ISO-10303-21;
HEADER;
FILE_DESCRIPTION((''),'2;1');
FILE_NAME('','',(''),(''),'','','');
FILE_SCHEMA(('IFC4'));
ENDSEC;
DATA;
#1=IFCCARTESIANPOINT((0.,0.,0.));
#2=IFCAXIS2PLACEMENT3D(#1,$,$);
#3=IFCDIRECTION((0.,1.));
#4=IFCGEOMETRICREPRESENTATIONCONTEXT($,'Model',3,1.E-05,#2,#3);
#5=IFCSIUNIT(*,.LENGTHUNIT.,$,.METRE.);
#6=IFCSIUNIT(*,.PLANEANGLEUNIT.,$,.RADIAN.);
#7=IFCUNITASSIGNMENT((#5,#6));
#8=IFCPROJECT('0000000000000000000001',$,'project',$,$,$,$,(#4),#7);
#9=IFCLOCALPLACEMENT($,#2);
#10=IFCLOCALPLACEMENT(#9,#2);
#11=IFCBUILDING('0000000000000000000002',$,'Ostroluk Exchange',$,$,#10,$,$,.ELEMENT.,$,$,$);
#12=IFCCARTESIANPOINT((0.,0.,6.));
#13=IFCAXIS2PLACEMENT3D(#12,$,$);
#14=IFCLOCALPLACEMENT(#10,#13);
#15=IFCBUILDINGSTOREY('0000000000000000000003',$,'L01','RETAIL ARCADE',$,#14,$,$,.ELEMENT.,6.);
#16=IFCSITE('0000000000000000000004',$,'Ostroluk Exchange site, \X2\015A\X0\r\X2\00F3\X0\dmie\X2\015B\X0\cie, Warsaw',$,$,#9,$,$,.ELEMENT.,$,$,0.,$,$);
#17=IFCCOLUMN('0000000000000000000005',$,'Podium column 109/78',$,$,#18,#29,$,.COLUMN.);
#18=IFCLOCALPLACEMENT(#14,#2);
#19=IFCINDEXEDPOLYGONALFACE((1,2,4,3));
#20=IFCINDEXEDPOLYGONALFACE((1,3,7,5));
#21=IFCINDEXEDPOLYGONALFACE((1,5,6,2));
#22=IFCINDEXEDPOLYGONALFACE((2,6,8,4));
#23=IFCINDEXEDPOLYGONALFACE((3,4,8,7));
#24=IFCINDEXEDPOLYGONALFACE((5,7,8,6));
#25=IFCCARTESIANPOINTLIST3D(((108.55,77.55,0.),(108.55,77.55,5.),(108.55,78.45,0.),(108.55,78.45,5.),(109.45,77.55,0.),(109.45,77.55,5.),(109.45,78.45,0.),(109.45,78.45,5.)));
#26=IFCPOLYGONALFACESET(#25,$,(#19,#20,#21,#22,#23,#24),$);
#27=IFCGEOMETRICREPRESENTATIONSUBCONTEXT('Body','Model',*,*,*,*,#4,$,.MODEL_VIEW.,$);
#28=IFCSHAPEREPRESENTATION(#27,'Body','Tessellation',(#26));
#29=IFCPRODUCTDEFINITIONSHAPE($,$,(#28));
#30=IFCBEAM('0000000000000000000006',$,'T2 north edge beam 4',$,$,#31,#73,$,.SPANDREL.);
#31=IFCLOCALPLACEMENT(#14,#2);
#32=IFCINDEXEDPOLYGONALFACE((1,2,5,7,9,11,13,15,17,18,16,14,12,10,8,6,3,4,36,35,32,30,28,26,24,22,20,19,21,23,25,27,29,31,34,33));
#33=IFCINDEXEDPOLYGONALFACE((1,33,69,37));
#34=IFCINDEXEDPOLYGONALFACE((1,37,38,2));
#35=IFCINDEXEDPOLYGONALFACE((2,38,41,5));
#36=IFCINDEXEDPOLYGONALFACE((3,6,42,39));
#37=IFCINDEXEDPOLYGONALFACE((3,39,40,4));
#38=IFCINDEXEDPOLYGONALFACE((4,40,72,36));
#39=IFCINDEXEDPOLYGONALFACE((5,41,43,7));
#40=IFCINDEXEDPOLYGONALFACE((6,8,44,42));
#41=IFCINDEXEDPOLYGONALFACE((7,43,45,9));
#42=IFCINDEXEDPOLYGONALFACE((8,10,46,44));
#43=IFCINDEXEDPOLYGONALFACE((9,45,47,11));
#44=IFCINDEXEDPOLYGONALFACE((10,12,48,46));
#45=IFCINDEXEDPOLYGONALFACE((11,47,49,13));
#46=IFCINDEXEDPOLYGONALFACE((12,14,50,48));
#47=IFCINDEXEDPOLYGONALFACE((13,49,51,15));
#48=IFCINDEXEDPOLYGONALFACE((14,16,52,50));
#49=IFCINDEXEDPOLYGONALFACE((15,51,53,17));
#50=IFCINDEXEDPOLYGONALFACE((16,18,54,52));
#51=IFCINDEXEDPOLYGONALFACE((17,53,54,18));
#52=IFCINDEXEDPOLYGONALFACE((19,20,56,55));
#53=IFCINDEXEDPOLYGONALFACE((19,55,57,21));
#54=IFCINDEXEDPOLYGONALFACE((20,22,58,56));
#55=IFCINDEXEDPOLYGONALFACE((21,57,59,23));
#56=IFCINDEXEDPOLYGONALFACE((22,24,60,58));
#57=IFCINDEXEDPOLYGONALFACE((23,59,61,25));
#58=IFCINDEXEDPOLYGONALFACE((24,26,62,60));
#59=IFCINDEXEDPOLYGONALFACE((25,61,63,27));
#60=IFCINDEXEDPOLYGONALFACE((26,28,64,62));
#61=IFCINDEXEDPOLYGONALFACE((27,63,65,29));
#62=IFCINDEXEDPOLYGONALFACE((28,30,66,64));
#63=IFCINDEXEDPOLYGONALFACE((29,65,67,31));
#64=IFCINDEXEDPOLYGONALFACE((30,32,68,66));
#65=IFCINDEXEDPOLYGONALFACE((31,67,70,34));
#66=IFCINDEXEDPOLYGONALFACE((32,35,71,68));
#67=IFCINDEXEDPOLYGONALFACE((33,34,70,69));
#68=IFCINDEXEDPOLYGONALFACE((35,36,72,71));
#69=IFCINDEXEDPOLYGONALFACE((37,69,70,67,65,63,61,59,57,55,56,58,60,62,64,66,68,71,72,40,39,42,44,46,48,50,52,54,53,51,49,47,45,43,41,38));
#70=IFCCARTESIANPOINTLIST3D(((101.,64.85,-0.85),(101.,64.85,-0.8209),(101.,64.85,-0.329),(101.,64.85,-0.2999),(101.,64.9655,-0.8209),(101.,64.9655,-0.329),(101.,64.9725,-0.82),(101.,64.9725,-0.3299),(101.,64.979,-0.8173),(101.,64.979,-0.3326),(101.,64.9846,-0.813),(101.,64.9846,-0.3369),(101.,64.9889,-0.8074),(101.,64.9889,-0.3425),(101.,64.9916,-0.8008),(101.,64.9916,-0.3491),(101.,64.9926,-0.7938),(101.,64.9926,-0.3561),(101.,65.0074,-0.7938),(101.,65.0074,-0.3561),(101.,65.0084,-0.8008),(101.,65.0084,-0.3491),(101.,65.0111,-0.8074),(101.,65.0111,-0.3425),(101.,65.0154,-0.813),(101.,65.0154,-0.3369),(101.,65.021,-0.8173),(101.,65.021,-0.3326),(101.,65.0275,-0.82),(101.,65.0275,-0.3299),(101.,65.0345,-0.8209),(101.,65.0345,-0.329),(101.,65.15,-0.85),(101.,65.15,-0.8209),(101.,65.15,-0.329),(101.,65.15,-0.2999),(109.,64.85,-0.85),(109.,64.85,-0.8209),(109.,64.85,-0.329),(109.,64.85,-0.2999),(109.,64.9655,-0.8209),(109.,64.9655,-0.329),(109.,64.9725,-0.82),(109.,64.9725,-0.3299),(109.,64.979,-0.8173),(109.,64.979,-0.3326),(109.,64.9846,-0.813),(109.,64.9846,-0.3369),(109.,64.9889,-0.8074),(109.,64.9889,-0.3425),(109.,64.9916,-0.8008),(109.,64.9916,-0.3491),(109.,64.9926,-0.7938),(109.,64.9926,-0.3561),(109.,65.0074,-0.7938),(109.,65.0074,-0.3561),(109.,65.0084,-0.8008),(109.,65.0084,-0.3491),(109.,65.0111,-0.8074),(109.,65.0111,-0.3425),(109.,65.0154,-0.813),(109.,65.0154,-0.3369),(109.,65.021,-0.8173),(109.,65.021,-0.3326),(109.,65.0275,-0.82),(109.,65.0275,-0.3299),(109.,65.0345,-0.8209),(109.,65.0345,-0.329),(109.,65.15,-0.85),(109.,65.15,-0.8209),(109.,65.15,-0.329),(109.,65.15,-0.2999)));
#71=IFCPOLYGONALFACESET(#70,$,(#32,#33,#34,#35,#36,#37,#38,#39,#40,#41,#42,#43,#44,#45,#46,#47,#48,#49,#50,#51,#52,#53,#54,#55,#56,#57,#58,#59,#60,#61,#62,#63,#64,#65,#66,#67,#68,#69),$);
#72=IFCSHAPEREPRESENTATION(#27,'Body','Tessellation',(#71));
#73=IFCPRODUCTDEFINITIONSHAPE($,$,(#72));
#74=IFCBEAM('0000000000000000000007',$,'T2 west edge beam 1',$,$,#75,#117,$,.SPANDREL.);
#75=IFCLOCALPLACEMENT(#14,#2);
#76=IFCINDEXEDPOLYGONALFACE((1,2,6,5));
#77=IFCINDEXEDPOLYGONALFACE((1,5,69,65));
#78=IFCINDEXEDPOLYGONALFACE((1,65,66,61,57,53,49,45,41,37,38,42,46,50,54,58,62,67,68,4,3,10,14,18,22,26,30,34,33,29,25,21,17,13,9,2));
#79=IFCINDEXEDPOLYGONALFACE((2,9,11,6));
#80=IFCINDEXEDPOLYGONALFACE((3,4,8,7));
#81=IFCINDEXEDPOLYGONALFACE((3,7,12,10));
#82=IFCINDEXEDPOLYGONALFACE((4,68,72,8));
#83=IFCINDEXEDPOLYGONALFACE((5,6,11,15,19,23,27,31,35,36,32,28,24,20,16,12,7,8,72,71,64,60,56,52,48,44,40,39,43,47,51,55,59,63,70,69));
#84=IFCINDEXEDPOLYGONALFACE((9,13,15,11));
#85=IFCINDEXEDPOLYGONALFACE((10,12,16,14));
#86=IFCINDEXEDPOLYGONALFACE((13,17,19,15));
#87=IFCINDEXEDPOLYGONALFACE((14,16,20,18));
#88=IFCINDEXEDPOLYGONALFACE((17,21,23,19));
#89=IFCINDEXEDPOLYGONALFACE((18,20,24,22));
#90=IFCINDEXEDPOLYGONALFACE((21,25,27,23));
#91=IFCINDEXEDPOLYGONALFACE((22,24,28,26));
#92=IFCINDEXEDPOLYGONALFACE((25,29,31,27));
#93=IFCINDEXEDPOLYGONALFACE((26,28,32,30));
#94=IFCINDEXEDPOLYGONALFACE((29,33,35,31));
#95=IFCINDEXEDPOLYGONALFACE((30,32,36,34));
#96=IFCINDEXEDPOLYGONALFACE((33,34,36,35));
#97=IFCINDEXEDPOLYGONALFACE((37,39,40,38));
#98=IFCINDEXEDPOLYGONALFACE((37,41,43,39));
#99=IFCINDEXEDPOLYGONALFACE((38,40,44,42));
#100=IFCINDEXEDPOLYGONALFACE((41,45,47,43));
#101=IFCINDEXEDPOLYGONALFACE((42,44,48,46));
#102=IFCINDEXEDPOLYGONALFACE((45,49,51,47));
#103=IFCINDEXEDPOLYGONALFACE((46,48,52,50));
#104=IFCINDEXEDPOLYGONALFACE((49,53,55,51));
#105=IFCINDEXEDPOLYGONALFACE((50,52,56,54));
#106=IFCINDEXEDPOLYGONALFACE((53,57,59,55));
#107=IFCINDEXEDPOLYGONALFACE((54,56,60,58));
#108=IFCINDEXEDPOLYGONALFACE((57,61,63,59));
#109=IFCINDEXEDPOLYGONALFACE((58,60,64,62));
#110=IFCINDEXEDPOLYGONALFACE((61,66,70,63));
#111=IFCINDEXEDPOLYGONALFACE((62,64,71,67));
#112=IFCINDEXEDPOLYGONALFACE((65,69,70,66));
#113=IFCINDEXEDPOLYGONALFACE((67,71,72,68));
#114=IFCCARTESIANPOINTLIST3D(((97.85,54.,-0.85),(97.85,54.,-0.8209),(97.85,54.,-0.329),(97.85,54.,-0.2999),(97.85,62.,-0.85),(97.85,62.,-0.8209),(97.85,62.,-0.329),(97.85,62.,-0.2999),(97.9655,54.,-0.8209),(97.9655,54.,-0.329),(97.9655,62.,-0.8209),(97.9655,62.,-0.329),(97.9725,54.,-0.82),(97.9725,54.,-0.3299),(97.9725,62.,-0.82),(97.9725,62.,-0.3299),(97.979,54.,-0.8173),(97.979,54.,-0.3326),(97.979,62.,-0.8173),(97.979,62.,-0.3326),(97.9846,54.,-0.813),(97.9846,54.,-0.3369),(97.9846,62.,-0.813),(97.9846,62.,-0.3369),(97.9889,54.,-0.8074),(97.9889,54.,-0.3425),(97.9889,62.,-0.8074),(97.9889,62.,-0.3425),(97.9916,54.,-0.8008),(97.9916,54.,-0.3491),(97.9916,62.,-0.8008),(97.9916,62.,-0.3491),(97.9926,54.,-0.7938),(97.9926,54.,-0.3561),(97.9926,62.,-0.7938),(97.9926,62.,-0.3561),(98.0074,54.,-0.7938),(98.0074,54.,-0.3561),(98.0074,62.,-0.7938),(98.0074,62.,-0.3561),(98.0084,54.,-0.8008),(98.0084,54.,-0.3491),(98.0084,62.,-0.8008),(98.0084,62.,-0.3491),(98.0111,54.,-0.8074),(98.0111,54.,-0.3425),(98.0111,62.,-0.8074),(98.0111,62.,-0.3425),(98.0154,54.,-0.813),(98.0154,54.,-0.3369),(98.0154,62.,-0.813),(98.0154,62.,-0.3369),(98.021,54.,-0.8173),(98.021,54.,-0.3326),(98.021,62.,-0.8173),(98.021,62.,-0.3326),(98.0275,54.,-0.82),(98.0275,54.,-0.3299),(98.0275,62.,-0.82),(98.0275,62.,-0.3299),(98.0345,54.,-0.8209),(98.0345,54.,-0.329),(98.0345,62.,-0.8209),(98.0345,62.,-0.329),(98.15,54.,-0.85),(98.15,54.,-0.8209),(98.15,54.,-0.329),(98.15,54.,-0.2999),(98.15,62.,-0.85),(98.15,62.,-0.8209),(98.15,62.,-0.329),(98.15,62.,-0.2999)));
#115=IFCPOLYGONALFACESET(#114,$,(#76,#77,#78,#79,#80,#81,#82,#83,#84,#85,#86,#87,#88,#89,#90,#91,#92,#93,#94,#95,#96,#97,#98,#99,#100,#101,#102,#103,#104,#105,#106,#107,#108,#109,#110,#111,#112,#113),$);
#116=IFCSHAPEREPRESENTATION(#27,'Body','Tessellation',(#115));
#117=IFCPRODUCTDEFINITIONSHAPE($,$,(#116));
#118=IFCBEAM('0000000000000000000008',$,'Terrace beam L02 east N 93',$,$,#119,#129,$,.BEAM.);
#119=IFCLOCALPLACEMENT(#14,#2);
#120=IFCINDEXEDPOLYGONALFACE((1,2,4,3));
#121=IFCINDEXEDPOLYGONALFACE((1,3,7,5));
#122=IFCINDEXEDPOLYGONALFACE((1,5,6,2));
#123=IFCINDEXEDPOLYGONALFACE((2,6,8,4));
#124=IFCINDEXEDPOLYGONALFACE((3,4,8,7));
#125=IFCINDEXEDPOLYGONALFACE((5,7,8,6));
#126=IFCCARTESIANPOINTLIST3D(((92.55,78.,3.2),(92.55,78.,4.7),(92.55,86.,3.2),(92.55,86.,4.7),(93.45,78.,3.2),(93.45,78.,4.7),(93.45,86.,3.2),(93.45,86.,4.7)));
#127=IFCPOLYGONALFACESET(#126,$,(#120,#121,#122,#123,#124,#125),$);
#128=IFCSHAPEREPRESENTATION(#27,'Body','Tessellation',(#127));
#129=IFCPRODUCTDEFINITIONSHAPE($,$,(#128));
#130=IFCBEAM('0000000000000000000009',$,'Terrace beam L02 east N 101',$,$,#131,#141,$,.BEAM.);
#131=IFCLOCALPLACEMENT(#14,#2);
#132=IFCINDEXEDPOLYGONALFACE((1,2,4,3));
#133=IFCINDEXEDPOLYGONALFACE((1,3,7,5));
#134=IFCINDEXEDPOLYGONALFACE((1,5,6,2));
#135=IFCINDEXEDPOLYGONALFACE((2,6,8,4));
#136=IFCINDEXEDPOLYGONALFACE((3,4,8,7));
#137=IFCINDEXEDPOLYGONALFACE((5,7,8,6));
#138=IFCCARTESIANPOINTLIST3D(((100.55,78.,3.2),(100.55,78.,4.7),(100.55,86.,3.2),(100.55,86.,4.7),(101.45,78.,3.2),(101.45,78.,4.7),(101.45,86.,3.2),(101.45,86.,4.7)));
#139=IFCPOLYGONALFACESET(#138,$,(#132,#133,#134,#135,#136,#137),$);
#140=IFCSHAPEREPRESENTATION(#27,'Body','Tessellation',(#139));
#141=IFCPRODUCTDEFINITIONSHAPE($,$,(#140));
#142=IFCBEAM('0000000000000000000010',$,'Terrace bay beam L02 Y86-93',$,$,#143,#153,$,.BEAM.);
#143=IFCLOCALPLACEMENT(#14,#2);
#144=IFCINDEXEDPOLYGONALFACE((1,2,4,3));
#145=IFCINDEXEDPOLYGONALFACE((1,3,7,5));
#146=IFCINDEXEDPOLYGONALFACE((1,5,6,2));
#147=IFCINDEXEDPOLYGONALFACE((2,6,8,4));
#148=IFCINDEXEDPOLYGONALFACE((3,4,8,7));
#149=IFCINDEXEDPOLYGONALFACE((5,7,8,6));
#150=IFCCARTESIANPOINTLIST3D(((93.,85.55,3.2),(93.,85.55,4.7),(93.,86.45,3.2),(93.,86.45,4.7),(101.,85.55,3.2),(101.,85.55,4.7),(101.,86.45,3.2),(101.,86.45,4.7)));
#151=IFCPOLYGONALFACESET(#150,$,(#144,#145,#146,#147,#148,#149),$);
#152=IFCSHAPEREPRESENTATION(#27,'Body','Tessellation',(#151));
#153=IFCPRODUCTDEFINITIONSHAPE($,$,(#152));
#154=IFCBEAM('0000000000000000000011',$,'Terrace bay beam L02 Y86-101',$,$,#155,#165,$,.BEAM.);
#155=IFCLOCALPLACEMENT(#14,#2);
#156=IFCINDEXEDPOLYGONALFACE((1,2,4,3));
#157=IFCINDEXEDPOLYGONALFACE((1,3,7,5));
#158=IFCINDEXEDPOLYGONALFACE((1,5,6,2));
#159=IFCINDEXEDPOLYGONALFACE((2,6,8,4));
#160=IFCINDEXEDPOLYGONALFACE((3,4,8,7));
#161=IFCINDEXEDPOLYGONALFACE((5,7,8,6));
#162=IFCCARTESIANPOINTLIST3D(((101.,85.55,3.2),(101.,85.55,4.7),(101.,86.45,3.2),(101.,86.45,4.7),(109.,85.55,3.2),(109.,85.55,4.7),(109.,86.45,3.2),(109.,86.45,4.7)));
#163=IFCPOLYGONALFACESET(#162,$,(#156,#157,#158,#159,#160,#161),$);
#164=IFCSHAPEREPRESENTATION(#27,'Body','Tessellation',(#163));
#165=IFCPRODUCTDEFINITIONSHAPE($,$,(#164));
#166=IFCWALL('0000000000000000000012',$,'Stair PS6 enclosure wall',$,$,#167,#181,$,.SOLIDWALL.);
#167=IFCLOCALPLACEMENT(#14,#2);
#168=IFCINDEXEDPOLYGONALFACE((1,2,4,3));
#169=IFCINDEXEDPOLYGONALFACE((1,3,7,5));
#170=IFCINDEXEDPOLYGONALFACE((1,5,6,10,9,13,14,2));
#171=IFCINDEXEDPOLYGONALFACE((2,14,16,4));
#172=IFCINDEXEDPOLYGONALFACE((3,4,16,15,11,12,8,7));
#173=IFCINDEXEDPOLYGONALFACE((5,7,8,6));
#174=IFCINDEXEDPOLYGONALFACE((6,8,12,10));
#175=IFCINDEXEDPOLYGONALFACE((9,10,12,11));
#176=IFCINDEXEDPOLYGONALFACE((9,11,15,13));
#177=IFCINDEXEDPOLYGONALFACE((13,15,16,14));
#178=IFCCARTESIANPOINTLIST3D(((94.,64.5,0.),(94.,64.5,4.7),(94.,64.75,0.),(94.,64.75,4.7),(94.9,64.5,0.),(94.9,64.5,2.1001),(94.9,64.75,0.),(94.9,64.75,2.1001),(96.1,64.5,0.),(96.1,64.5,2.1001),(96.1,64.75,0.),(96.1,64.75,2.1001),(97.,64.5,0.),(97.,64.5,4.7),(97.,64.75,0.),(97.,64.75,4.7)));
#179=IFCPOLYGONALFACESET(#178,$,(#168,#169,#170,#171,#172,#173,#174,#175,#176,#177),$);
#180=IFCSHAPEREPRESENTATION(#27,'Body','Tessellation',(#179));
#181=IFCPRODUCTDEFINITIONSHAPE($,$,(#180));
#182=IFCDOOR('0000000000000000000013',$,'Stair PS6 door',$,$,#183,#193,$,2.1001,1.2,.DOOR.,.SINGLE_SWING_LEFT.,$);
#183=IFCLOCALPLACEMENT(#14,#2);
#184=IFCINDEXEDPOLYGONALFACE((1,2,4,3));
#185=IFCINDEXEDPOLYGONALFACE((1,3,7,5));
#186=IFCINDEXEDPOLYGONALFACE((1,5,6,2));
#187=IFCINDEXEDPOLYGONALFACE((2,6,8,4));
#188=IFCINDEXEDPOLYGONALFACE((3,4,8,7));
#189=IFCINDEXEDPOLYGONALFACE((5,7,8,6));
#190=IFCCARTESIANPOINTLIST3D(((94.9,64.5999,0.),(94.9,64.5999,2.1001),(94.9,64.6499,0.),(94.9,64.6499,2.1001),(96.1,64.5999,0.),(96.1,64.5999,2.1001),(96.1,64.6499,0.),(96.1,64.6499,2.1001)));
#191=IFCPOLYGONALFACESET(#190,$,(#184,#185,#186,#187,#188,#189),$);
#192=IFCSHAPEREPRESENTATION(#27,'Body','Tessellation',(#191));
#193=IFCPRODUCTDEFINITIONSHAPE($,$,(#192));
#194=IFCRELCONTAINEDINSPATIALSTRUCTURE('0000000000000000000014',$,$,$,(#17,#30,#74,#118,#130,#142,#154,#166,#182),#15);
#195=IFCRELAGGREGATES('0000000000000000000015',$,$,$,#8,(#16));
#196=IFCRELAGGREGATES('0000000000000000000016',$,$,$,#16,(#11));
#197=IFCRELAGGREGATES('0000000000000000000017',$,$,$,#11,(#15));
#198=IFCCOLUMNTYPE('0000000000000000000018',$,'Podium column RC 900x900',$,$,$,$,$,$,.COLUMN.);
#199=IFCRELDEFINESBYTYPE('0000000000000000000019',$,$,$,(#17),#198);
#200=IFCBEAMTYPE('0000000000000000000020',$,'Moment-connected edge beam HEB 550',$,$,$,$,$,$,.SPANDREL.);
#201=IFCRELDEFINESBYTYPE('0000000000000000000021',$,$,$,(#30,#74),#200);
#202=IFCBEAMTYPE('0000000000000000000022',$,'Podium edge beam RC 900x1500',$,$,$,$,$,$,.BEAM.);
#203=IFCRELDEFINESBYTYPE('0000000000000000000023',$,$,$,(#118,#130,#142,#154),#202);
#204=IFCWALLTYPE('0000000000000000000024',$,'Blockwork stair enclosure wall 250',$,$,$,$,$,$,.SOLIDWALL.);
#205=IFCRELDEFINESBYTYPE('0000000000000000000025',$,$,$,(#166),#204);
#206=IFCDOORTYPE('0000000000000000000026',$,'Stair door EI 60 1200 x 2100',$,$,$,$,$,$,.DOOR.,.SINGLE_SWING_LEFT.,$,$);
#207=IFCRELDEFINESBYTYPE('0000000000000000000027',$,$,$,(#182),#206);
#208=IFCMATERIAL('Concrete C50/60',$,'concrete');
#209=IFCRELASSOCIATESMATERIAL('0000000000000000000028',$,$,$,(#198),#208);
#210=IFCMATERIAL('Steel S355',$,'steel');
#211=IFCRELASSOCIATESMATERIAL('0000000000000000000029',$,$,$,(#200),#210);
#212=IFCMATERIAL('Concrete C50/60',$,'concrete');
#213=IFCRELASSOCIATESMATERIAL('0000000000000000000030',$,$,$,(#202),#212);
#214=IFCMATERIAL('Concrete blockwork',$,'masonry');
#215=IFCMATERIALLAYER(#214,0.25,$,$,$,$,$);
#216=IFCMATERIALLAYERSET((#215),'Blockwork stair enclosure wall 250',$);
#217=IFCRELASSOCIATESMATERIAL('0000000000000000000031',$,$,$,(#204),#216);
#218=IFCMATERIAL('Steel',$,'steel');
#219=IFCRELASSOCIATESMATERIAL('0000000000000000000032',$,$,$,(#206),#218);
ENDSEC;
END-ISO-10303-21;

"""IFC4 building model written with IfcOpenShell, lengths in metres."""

from ifc_helpers import new_model, si_unit, direction, frame, frame_2d, origin, origin_2d, place, context, subcontext, project, spatial, rectangle, i_section, extrude, material, layer, layer_set, material_profile, profile_set, type_object, element, fill, save


model = new_model("IFC4")

# Units and contexts
model_context = context("Model", 3, precision=1e-05, world=origin(), true_north=direction((0.0, 1.0)))
body_context = subcontext(model_context, "Body", "Model", "MODEL_VIEW")
ifc_project = project(units=[si_unit("LENGTHUNIT", "METRE"), si_unit("PLANEANGLEUNIT", "RADIAN")], contexts=[model_context])

# Site, building, storey
site_placement = place(None, origin())
site = spatial("IfcSite", under=ifc_project, at=site_placement, Name="Ostroluk Exchange site, Śródmieście, Warsaw", CompositionType="ELEMENT", RefElevation=0.0)
building_placement = place(site_placement, origin())
building = spatial("IfcBuilding", under=site, at=building_placement, Name="Ostroluk Exchange", CompositionType="ELEMENT")
storey_placement = place(building_placement, frame((0.0, 0.0, 6.0)))
storey = spatial("IfcBuildingStorey", under=building, at=storey_placement, Name="L01", Description="RETAIL ARCADE", CompositionType="ELEMENT", Elevation=6.0)

# Column
ifc_material_1 = material(Name="Concrete C50/60", Category="concrete")
ifc_material_profile_1 = material_profile(ifc_material_1, rectangle(XDim=0.8999, YDim=0.8999, at=origin_2d()), Name="RC 900x900")
ifc_profile_set_1 = profile_set([ifc_material_profile_1], Name="Concrete C50/60")
column_type_1 = type_object("IfcColumnType", Name="Podium column RC 900x900", PredefinedType="COLUMN", material=ifc_profile_set_1)
for number, where, z_axis, x_axis, name in (
    (1, (109.0, 78.0, 0.0), (0.0, 0.0, 1.0), (1.0, 0.0, 0.0), "Podium column 109/78"),
):
    element("IfcColumn", number, at=place(storey_placement, frame(where, z_axis=z_axis, x_axis=x_axis)), inside=storey, type_object=column_type_1, Name=name, PredefinedType="COLUMN", context=body_context, shape_type="SweptSolid", body=[
        extrude(rectangle(XDim=0.8999, YDim=0.8999, at=origin_2d()), origin(), (0.0, 0.0, 1.0), 5.0),
    ])

# Beams
ifc_material_2 = material(Name="Steel S355", Category="steel")
ifc_material_profile_2 = material_profile(ifc_material_2, i_section(OverallWidth=0.3, OverallDepth=0.55, WebThickness=0.0149, FlangeThickness=0.0291, FilletRadius=0.0271, at=origin_2d()), Name="HEB 550")
ifc_profile_set_2 = profile_set([ifc_material_profile_2], Name="Steel S355")
beam_type_1 = type_object("IfcBeamType", Name="Moment-connected edge beam HEB 550", PredefinedType="SPANDREL", material=ifc_profile_set_2)
for number, where, z_axis, x_axis, name in (
    (2, (109.0, 65.0, -0.575), (-1.0, 0.0, 0.0), (0.0, -1.0, 0.0), "T2 north edge beam 4"),
    (3, (98.0, 62.0, -0.575), (0.0, -1.0, 0.0), (1.0, 0.0, 0.0), "T2 west edge beam 1"),
):
    element("IfcBeam", number, at=place(storey_placement, frame(where, z_axis=z_axis, x_axis=x_axis)), inside=storey, type_object=beam_type_1, Name=name, PredefinedType="SPANDREL", context=body_context, shape_type="SweptSolid", body=[
        extrude(i_section(OverallWidth=0.3, OverallDepth=0.55, WebThickness=0.0149, FlangeThickness=0.0291, FilletRadius=0.0271, at=origin_2d()), origin(), (0.0, 0.0, 1.0), 8.0),
    ])
ifc_material_3 = material(Name="Concrete C50/60", Category="concrete")
ifc_material_profile_3 = material_profile(ifc_material_3, rectangle(XDim=0.8999, YDim=1.5, at=origin_2d()), Name="RC 900x1500")
ifc_profile_set_3 = profile_set([ifc_material_profile_3], Name="Concrete C50/60")
beam_type_2 = type_object("IfcBeamType", Name="Podium edge beam RC 900x1500", PredefinedType="BEAM", material=ifc_profile_set_3)
for number, where, z_axis, x_axis, name in (
    (4, (93.0, 86.0, 3.95), (0.0, -1.0, 0.0), (1.0, 0.0, 0.0), "Terrace beam L02 east N 93"),
    (5, (101.0, 86.0, 3.95), (0.0, -1.0, 0.0), (1.0, 0.0, 0.0), "Terrace beam L02 east N 101"),
    (6, (93.0, 86.0, 3.95), (1.0, 0.0, 0.0), (0.0, 1.0, 0.0), "Terrace bay beam L02 Y86-93"),
    (7, (101.0, 86.0, 3.95), (1.0, 0.0, 0.0), (0.0, 1.0, 0.0), "Terrace bay beam L02 Y86-101"),
):
    element("IfcBeam", number, at=place(storey_placement, frame(where, z_axis=z_axis, x_axis=x_axis)), inside=storey, type_object=beam_type_2, Name=name, PredefinedType="BEAM", context=body_context, shape_type="SweptSolid", body=[
        extrude(rectangle(XDim=0.8999, YDim=1.5, at=origin_2d()), origin(), (0.0, 0.0, 1.0), 8.0),
    ])

# Wall, opening, door
ifc_material_4 = material(Name="Concrete blockwork", Category="masonry")
ifc_layer_1 = layer(ifc_material_4, 0.25)
ifc_layer_set_1 = layer_set([ifc_layer_1], Name="Blockwork stair enclosure wall 250")
wall_type_1 = type_object("IfcWallType", Name="Blockwork stair enclosure wall 250", PredefinedType="SOLIDWALL", material=ifc_layer_set_1)
wall_1_placement = place(storey_placement, frame((94.0, 64.625, 0.0), z_axis=(0.0, 0.0, 1.0), x_axis=(1.0, 0.0, 0.0)))
wall_1 = element("IfcWall", 8, at=wall_1_placement, inside=storey, type_object=wall_type_1, Name="Stair PS6 enclosure wall", PredefinedType="SOLIDWALL", context=body_context, shape_type="SweptSolid", body=[
    extrude(rectangle(XDim=3.0, YDim=0.25, at=frame_2d((1.5, 0.0))), origin(), (0.0, 0.0, 1.0), 4.7),
])
opening_placement = place(wall_1_placement, frame((0.8999, 0.0, 0.0)))
opening = element("IfcOpeningElement", 9, at=opening_placement, cuts=wall_1, PredefinedType="OPENING", context=body_context, shape_type="SweptSolid", body=[
    extrude(rectangle(XDim=1.2, YDim=2.1001, at=frame_2d((0.6001, 1.05))), frame((0.0, 0.135, 0.0), z_axis=(0.0, -1.0, 0.0), x_axis=(1.0, 0.0, 0.0)), (0.0, 0.0, 1.0), 0.27),
])
ifc_material_5 = material(Name="Steel", Category="steel")
door_type = type_object("IfcDoorType", Name="Stair door EI 60 1200 x 2100", OperationType="SINGLE_SWING_LEFT", PredefinedType="DOOR", material=ifc_material_5)
door_placement = place(opening_placement, origin())
door = element("IfcDoor", 10, at=door_placement, inside=storey, type_object=door_type, Name="Stair PS6 door", OperationType="SINGLE_SWING_LEFT", OverallHeight=2.1001, OverallWidth=1.2, PredefinedType="DOOR", context=body_context, shape_type="SweptSolid", body=[
    extrude(rectangle(XDim=1.2, YDim=2.1001, at=frame_2d((0.6001, 1.05))), frame((0.0, 0.0249, 0.0), z_axis=(0.0, -1.0, 0.0), x_axis=(1.0, 0.0, 0.0)), (0.0, 0.0, 1.0), 0.05),
])
fill(opening, door)

save(model, "model.ifc")
